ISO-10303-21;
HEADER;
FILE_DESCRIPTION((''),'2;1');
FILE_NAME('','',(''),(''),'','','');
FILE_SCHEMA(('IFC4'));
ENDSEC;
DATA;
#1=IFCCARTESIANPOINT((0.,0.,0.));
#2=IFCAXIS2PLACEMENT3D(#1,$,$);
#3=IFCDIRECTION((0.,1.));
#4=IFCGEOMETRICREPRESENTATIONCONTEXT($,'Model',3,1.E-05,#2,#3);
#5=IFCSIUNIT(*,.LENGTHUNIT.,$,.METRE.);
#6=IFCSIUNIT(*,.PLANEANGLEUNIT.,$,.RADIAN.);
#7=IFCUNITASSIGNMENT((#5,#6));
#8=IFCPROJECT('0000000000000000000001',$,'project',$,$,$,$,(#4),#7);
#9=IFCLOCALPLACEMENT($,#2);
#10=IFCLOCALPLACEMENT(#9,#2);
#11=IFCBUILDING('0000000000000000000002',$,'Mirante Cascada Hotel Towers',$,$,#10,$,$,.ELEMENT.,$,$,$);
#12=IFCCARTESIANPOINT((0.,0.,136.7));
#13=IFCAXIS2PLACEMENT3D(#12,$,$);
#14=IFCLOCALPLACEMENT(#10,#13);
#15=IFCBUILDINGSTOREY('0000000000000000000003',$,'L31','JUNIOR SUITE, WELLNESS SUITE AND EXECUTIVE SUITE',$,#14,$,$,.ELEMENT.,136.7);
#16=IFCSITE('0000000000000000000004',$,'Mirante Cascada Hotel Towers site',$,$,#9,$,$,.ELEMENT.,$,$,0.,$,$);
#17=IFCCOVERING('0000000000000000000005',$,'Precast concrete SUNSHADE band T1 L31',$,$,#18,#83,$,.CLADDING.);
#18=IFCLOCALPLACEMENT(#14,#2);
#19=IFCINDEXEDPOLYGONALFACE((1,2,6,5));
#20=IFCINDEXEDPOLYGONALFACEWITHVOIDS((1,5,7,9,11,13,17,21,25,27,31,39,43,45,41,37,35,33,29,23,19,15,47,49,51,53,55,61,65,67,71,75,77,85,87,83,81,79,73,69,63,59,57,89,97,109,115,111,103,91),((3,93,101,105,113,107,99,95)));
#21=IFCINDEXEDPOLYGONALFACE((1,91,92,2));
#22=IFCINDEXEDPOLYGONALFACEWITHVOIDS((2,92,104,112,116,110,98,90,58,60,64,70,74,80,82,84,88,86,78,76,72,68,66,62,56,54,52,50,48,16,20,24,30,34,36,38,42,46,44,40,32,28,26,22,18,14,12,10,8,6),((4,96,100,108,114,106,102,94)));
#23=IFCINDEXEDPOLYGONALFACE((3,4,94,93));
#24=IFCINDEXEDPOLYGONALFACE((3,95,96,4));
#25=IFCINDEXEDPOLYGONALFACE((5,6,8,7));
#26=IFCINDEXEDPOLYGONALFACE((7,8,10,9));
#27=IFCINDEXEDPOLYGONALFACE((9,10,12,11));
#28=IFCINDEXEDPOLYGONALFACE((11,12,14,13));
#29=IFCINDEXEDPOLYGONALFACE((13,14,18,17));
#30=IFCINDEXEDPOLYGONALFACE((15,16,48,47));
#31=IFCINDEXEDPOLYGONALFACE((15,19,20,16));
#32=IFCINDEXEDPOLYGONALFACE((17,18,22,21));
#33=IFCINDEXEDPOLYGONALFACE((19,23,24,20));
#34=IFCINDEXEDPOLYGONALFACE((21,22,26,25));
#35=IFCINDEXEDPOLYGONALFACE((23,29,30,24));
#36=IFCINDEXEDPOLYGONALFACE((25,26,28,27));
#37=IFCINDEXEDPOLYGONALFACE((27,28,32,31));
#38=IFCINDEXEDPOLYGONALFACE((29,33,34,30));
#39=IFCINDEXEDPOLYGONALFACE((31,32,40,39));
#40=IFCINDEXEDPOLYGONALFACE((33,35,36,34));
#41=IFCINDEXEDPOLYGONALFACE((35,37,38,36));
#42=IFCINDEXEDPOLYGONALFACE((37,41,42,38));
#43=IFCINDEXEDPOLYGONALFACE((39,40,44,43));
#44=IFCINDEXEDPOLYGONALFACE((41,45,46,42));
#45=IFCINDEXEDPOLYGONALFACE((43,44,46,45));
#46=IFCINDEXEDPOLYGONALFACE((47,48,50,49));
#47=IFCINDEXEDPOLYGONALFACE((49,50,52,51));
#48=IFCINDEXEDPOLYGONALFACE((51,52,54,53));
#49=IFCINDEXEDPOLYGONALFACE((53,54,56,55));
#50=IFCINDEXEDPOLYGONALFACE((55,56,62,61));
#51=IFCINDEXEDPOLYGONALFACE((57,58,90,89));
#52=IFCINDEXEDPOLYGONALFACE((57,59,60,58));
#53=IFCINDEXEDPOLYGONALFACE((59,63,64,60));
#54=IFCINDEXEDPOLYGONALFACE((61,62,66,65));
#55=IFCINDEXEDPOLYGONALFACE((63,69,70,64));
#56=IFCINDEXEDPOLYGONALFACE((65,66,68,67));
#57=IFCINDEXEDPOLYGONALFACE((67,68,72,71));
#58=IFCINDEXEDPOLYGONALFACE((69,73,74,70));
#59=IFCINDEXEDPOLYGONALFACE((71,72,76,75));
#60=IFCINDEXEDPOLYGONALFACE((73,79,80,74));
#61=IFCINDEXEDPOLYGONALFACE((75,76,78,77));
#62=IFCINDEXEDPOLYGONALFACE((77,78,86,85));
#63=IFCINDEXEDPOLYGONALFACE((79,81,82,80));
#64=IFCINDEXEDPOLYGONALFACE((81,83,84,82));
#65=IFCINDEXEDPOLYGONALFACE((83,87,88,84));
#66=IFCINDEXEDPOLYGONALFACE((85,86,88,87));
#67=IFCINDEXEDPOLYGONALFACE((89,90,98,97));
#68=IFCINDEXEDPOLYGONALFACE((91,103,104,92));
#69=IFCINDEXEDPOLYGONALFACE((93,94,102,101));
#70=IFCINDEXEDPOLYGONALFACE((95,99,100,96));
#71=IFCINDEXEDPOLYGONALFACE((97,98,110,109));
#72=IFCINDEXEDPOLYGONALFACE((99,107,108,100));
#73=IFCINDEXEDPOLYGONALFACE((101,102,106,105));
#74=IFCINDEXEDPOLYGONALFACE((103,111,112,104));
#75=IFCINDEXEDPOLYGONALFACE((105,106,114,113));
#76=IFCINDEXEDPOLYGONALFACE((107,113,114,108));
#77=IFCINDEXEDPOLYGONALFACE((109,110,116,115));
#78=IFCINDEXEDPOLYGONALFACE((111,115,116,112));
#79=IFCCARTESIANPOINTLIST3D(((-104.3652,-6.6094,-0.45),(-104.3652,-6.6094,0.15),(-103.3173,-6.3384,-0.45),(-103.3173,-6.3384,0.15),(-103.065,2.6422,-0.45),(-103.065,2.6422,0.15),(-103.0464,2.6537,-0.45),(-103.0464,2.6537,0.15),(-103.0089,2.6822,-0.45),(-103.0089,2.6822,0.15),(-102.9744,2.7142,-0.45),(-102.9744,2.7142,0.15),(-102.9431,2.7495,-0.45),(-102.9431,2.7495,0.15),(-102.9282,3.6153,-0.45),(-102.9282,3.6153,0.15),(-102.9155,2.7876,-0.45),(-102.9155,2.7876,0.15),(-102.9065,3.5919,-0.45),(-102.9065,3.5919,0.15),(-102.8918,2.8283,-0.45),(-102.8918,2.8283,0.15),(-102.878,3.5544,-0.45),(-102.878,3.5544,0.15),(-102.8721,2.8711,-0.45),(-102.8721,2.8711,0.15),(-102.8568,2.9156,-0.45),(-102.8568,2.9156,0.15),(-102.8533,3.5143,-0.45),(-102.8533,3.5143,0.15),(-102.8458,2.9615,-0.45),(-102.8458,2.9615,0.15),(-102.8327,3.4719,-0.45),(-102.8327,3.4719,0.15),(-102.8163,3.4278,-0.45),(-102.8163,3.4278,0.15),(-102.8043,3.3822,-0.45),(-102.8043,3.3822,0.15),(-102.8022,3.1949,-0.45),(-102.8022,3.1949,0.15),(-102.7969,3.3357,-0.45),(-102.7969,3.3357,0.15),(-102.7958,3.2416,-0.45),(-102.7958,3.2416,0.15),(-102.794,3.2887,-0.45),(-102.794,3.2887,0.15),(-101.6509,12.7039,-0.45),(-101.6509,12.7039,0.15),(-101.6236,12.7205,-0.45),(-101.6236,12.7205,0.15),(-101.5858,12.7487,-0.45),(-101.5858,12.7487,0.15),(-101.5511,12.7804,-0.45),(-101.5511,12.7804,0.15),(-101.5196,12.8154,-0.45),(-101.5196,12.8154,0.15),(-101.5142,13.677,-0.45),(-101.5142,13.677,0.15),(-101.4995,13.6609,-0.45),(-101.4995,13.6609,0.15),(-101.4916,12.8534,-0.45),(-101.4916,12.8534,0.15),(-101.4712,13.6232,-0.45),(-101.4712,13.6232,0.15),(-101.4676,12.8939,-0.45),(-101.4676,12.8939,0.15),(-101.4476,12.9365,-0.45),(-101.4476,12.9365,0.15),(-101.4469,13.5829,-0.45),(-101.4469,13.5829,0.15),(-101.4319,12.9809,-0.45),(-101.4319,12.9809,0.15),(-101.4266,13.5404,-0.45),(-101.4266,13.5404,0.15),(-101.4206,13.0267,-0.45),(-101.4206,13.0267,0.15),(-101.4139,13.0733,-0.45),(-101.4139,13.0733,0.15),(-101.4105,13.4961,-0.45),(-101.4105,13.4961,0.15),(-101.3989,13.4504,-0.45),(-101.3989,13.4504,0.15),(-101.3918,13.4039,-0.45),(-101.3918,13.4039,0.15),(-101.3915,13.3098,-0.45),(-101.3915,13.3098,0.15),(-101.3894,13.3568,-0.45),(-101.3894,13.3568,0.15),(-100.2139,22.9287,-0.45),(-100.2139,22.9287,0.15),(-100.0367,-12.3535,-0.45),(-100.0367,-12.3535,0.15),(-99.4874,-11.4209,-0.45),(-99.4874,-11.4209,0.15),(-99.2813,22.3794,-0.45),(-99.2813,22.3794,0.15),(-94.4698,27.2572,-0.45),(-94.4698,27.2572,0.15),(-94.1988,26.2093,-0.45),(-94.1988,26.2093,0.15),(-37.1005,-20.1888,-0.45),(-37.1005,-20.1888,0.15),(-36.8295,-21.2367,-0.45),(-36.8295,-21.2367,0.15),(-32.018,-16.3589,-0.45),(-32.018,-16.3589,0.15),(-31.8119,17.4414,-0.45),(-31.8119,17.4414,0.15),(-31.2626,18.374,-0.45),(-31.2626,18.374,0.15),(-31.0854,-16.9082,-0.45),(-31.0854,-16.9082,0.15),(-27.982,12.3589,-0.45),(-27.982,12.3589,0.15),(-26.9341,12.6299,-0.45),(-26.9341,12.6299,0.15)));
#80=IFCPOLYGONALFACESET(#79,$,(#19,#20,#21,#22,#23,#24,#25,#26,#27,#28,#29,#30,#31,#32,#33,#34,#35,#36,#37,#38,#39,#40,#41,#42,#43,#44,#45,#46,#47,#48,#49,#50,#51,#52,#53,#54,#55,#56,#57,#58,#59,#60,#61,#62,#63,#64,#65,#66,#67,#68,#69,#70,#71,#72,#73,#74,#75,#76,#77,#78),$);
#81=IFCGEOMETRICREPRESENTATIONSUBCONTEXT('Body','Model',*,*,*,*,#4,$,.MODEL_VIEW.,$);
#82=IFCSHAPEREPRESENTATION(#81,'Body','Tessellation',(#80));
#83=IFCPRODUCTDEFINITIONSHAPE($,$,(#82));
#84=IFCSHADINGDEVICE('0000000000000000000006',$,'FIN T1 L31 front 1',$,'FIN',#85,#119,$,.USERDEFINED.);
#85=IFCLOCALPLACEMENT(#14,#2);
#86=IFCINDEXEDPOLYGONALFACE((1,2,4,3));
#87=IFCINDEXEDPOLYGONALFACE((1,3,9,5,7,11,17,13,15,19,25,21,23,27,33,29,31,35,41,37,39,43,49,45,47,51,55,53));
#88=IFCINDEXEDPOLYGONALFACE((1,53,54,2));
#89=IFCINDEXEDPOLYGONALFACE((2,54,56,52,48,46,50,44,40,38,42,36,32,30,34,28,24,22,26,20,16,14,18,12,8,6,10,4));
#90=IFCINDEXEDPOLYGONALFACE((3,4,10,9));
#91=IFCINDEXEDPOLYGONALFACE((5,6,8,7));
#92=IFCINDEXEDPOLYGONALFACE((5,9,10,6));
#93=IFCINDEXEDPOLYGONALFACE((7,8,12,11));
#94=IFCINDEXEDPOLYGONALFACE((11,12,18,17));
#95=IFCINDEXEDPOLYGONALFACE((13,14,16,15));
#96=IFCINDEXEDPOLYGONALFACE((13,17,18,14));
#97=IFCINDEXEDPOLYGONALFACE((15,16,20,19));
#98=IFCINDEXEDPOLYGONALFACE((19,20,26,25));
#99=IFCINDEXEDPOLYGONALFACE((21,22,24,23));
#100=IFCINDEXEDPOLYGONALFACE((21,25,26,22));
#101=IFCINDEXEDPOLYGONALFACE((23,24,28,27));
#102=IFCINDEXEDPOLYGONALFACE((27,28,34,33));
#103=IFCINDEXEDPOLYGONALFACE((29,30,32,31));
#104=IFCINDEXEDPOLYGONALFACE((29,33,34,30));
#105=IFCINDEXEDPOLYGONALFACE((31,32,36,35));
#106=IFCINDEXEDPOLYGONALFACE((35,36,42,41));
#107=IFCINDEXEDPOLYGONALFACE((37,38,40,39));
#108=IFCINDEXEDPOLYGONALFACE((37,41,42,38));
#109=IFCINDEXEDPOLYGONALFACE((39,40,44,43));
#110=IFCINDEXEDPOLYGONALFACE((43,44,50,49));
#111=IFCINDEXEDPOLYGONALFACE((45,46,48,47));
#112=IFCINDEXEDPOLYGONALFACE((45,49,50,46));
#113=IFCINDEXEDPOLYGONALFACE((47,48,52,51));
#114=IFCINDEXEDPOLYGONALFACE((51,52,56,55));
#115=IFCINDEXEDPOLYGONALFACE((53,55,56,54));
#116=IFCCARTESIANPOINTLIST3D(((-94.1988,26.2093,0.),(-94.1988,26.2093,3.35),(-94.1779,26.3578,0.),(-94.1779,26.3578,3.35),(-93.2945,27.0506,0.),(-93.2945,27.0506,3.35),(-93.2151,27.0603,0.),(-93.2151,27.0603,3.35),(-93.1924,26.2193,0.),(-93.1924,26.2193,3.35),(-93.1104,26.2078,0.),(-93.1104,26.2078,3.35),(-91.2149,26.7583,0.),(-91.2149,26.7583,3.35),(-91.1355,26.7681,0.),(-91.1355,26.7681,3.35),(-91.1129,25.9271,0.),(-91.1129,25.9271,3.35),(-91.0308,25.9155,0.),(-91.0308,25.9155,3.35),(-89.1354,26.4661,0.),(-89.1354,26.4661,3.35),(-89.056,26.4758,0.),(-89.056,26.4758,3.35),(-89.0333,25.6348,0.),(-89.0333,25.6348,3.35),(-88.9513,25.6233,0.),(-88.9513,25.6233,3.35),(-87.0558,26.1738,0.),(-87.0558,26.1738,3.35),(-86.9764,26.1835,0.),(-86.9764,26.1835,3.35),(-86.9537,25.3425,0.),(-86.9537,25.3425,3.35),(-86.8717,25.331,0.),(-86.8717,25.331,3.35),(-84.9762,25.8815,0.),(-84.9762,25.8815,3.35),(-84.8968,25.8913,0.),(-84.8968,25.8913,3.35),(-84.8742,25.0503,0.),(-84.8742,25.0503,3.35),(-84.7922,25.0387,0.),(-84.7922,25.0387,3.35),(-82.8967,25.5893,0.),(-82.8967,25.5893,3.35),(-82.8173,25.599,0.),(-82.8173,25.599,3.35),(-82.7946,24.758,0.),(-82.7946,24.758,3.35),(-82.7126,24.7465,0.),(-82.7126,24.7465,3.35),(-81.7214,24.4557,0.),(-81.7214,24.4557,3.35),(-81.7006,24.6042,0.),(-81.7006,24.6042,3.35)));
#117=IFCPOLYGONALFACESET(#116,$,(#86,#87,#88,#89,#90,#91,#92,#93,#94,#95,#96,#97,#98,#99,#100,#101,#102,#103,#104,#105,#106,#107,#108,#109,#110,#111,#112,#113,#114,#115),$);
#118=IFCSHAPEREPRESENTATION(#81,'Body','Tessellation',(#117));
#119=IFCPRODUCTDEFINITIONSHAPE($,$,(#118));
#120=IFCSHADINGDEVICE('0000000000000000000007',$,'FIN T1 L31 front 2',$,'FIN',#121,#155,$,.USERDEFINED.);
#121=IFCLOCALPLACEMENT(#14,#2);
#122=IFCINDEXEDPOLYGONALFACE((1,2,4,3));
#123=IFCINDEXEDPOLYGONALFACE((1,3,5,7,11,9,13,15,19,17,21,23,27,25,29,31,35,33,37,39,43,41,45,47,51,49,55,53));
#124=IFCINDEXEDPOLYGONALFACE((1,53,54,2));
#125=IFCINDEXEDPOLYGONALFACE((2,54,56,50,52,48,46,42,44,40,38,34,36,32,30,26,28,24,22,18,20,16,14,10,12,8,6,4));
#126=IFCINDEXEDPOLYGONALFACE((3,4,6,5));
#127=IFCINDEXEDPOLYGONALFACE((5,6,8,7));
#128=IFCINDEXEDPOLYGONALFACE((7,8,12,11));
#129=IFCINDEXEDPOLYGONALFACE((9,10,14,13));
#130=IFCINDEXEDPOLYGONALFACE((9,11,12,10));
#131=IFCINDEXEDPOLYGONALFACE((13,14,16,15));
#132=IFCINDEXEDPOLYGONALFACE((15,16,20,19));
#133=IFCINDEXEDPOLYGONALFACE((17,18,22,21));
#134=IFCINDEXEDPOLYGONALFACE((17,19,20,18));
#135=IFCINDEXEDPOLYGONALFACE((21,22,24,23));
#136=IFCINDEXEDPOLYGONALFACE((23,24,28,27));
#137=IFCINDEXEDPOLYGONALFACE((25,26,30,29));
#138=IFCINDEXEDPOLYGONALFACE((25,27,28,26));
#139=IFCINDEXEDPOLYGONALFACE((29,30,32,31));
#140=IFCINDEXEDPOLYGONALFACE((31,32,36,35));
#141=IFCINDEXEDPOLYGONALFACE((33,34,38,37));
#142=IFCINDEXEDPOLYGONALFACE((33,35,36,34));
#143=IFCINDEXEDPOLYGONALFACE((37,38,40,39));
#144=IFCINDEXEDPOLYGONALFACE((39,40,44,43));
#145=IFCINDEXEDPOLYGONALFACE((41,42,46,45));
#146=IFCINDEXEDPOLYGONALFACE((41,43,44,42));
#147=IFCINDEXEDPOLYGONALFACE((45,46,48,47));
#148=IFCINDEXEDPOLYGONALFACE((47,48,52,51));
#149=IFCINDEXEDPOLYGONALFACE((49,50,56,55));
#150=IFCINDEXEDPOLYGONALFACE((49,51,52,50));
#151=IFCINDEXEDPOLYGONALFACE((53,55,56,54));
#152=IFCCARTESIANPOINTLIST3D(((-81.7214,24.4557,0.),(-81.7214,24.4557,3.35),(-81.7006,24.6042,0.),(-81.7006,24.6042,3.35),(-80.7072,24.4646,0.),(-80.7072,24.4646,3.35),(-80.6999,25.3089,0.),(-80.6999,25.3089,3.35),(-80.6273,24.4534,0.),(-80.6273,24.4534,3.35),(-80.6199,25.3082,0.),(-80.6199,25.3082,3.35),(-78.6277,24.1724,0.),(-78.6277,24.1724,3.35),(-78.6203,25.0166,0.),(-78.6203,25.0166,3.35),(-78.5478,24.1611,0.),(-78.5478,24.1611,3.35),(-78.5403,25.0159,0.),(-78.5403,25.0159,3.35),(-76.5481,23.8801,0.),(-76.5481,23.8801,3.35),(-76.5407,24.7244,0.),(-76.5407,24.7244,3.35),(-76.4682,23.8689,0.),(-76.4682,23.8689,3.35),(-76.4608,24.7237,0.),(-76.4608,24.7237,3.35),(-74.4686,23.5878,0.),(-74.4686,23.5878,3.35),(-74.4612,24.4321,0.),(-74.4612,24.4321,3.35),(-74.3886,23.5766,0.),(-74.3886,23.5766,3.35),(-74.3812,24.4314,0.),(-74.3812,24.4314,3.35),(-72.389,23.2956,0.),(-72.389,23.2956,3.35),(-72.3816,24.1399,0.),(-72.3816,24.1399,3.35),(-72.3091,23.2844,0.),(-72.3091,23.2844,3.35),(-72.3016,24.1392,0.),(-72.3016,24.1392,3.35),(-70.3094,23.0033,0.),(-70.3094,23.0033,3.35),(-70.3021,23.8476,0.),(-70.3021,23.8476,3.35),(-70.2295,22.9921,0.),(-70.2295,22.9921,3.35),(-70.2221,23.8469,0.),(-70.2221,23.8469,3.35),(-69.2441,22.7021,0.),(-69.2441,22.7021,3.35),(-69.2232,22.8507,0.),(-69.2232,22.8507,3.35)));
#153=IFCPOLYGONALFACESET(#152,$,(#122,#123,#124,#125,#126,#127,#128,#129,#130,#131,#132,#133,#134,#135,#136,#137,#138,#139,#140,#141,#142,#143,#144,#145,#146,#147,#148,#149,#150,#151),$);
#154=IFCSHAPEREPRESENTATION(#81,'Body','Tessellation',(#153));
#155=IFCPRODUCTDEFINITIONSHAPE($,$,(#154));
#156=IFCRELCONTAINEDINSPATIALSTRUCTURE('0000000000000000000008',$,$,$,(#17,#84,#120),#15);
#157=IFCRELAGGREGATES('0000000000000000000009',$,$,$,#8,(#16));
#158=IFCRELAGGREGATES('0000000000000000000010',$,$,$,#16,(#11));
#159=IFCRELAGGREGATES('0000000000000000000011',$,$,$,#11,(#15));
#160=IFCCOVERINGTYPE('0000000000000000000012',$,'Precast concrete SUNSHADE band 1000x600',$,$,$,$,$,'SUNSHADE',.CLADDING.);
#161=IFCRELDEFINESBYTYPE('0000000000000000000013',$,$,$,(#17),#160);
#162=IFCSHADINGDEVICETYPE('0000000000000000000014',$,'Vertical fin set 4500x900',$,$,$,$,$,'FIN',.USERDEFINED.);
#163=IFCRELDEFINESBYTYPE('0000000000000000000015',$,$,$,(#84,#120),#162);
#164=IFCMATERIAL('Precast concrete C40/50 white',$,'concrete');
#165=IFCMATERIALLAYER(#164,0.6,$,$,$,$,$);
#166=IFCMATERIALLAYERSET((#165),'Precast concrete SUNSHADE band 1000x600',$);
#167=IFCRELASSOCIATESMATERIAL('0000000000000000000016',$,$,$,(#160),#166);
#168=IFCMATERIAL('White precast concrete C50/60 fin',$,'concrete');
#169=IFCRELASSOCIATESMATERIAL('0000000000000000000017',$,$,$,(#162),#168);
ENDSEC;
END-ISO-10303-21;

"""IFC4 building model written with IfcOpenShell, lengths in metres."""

from ifc_helpers import new_model, si_unit, direction, frame, origin, place, context, subcontext, project, spatial, polyline, outline, extrude, material, layer, layer_set, type_object, element, save


model = new_model("IFC4")

# Units and contexts
model_context = context("Model", 3, precision=1e-05, world=origin(), true_north=direction((0.0, 1.0)))
body_context = subcontext(model_context, "Body", "Model", "MODEL_VIEW")
ifc_project = project(units=[si_unit("LENGTHUNIT", "METRE"), si_unit("PLANEANGLEUNIT", "RADIAN")], contexts=[model_context])

# Site, building, storey
site_placement = place(None, origin())
site = spatial("IfcSite", under=ifc_project, at=site_placement, Name="Mirante Cascada Hotel Towers site", CompositionType="ELEMENT", RefElevation=0.0)
building_placement = place(site_placement, origin())
building = spatial("IfcBuilding", under=site, at=building_placement, Name="Mirante Cascada Hotel Towers", CompositionType="ELEMENT")
storey_placement = place(building_placement, frame((0.0, 0.0, 136.7)))
storey = spatial("IfcBuildingStorey", under=building, at=storey_placement, Name="L31", Description="JUNIOR SUITE, WELLNESS SUITE AND EXECUTIVE SUITE", CompositionType="ELEMENT", Elevation=136.7)

# Covering
ifc_material_1 = material(Name="Precast concrete C40/50 white", Category="concrete")
ifc_layer_1 = layer(ifc_material_1, 0.6)
ifc_layer_set_1 = layer_set([ifc_layer_1], Name="Precast concrete SUNSHADE band 1000x600")
covering_type = type_object("IfcCoveringType", Name="Precast concrete SUNSHADE band 1000x600", ElementType="SUNSHADE", PredefinedType="CLADDING", material=ifc_layer_set_1)
covering_placement = place(storey_placement, frame((0.0, 0.0, -0.45)))
element("IfcCovering", 1, at=covering_placement, inside=storey, type_object=covering_type, Name="Precast concrete SUNSHADE band T1 L31", PredefinedType="CLADDING", context=body_context, shape_type="SweptSolid", body=[
    extrude(outline(polyline([(-104.3652, -6.6094), (-103.065, 2.6422), (-103.0464, 2.6537), (-103.0089, 2.6822), (-102.9744, 2.7142), (-102.9431, 2.7495), (-102.9155, 2.7876), (-102.8918, 2.8283), (-102.8721, 2.8711), (-102.8568, 2.9156), (-102.8458, 2.9615), (-102.8022, 3.1949), (-102.7958, 3.2416), (-102.794, 3.2887), (-102.7969, 3.3357), (-102.8043, 3.3822), (-102.8163, 3.4278), (-102.8327, 3.4719), (-102.8533, 3.5143), (-102.878, 3.5544), (-102.9065, 3.5919), (-102.9282, 3.6153), (-101.6509, 12.7039), (-101.6236, 12.7205), (-101.5858, 12.7487), (-101.5511, 12.7804), (-101.5196, 12.8154), (-101.4916, 12.8534), (-101.4676, 12.8939), (-101.4476, 12.9365), (-101.4319, 12.9809), (-101.4206, 13.0267), (-101.4139, 13.0733), (-101.3915, 13.3098), (-101.3894, 13.3568), (-101.3918, 13.4039), (-101.3989, 13.4504), (-101.4105, 13.4961), (-101.4266, 13.5404), (-101.4469, 13.5829), (-101.4712, 13.6232), (-101.4995, 13.6609), (-101.5142, 13.677), (-100.2139, 22.9287), (-94.4698, 27.2572), (-31.2626, 18.374), (-26.9341, 12.6299), (-31.0854, -16.9082), (-36.8295, -21.2367), (-100.0367, -12.3535), (-104.3652, -6.6094)]), holes=[polyline([(-27.982, 12.3589), (-31.8119, 17.4414), (-94.1988, 26.2093), (-99.2813, 22.3794), (-103.3173, -6.3384), (-99.4874, -11.4209), (-37.1005, -20.1888), (-32.018, -16.3589), (-27.982, 12.3589)])]), origin(), (0.0, 0.0, 1.0), 0.6),
])

# Shading devices
ifc_material_2 = material(Name="White precast concrete C50/60 fin", Category="concrete")
shading_device_type = type_object("IfcShadingDeviceType", Name="Vertical fin set 4500x900", ElementType="FIN", PredefinedType="USERDEFINED", material=ifc_material_2)
shading_device_1_placement = place(storey_placement, origin())
element("IfcShadingDevice", 2, at=shading_device_1_placement, inside=storey, type_object=shading_device_type, Name="FIN T1 L31 front 1", ObjectType="FIN", PredefinedType="USERDEFINED", context=body_context, shape_type="SweptSolid", body=[
    extrude(outline(polyline([(-82.8173, 25.599), (-82.7126, 24.7465), (-81.7006, 24.6042), (-81.7214, 24.4557), (-94.1988, 26.2093), (-94.1779, 26.3578), (-93.1924, 26.2193), (-93.2945, 27.0506), (-93.2151, 27.0603), (-93.1104, 26.2078), (-91.1129, 25.9271), (-91.2149, 26.7583), (-91.1355, 26.7681), (-91.0308, 25.9155), (-89.0333, 25.6348), (-89.1354, 26.4661), (-89.056, 26.4758), (-88.9513, 25.6233), (-86.9537, 25.3425), (-87.0558, 26.1738), (-86.9764, 26.1835), (-86.8717, 25.331), (-84.8742, 25.0503), (-84.9762, 25.8815), (-84.8968, 25.8913), (-84.7922, 25.0387), (-82.7946, 24.758), (-82.8967, 25.5893), (-82.8173, 25.599)])), origin(), (0.0, 0.0, 1.0), 3.35),
])
shading_device_2_placement = place(storey_placement, origin())
element("IfcShadingDevice", 3, at=shading_device_2_placement, inside=storey, type_object=shading_device_type, Name="FIN T1 L31 front 2", ObjectType="FIN", PredefinedType="USERDEFINED", context=body_context, shape_type="SweptSolid", body=[
    extrude(outline(polyline([(-70.2221, 23.8469), (-70.2295, 22.9921), (-69.2232, 22.8507), (-69.2441, 22.7021), (-81.7214, 24.4557), (-81.7006, 24.6042), (-80.7072, 24.4646), (-80.6999, 25.3089), (-80.6199, 25.3082), (-80.6273, 24.4534), (-78.6277, 24.1724), (-78.6203, 25.0166), (-78.5403, 25.0159), (-78.5478, 24.1611), (-76.5481, 23.8801), (-76.5407, 24.7244), (-76.4608, 24.7237), (-76.4682, 23.8689), (-74.4686, 23.5878), (-74.4612, 24.4321), (-74.3812, 24.4314), (-74.3886, 23.5766), (-72.389, 23.2956), (-72.3816, 24.1399), (-72.3016, 24.1392), (-72.3091, 23.2844), (-70.3094, 23.0033), (-70.3021, 23.8476), (-70.2221, 23.8469)])), origin(), (0.0, 0.0, 1.0), 3.35),
])

save(model, "model.ifc")
